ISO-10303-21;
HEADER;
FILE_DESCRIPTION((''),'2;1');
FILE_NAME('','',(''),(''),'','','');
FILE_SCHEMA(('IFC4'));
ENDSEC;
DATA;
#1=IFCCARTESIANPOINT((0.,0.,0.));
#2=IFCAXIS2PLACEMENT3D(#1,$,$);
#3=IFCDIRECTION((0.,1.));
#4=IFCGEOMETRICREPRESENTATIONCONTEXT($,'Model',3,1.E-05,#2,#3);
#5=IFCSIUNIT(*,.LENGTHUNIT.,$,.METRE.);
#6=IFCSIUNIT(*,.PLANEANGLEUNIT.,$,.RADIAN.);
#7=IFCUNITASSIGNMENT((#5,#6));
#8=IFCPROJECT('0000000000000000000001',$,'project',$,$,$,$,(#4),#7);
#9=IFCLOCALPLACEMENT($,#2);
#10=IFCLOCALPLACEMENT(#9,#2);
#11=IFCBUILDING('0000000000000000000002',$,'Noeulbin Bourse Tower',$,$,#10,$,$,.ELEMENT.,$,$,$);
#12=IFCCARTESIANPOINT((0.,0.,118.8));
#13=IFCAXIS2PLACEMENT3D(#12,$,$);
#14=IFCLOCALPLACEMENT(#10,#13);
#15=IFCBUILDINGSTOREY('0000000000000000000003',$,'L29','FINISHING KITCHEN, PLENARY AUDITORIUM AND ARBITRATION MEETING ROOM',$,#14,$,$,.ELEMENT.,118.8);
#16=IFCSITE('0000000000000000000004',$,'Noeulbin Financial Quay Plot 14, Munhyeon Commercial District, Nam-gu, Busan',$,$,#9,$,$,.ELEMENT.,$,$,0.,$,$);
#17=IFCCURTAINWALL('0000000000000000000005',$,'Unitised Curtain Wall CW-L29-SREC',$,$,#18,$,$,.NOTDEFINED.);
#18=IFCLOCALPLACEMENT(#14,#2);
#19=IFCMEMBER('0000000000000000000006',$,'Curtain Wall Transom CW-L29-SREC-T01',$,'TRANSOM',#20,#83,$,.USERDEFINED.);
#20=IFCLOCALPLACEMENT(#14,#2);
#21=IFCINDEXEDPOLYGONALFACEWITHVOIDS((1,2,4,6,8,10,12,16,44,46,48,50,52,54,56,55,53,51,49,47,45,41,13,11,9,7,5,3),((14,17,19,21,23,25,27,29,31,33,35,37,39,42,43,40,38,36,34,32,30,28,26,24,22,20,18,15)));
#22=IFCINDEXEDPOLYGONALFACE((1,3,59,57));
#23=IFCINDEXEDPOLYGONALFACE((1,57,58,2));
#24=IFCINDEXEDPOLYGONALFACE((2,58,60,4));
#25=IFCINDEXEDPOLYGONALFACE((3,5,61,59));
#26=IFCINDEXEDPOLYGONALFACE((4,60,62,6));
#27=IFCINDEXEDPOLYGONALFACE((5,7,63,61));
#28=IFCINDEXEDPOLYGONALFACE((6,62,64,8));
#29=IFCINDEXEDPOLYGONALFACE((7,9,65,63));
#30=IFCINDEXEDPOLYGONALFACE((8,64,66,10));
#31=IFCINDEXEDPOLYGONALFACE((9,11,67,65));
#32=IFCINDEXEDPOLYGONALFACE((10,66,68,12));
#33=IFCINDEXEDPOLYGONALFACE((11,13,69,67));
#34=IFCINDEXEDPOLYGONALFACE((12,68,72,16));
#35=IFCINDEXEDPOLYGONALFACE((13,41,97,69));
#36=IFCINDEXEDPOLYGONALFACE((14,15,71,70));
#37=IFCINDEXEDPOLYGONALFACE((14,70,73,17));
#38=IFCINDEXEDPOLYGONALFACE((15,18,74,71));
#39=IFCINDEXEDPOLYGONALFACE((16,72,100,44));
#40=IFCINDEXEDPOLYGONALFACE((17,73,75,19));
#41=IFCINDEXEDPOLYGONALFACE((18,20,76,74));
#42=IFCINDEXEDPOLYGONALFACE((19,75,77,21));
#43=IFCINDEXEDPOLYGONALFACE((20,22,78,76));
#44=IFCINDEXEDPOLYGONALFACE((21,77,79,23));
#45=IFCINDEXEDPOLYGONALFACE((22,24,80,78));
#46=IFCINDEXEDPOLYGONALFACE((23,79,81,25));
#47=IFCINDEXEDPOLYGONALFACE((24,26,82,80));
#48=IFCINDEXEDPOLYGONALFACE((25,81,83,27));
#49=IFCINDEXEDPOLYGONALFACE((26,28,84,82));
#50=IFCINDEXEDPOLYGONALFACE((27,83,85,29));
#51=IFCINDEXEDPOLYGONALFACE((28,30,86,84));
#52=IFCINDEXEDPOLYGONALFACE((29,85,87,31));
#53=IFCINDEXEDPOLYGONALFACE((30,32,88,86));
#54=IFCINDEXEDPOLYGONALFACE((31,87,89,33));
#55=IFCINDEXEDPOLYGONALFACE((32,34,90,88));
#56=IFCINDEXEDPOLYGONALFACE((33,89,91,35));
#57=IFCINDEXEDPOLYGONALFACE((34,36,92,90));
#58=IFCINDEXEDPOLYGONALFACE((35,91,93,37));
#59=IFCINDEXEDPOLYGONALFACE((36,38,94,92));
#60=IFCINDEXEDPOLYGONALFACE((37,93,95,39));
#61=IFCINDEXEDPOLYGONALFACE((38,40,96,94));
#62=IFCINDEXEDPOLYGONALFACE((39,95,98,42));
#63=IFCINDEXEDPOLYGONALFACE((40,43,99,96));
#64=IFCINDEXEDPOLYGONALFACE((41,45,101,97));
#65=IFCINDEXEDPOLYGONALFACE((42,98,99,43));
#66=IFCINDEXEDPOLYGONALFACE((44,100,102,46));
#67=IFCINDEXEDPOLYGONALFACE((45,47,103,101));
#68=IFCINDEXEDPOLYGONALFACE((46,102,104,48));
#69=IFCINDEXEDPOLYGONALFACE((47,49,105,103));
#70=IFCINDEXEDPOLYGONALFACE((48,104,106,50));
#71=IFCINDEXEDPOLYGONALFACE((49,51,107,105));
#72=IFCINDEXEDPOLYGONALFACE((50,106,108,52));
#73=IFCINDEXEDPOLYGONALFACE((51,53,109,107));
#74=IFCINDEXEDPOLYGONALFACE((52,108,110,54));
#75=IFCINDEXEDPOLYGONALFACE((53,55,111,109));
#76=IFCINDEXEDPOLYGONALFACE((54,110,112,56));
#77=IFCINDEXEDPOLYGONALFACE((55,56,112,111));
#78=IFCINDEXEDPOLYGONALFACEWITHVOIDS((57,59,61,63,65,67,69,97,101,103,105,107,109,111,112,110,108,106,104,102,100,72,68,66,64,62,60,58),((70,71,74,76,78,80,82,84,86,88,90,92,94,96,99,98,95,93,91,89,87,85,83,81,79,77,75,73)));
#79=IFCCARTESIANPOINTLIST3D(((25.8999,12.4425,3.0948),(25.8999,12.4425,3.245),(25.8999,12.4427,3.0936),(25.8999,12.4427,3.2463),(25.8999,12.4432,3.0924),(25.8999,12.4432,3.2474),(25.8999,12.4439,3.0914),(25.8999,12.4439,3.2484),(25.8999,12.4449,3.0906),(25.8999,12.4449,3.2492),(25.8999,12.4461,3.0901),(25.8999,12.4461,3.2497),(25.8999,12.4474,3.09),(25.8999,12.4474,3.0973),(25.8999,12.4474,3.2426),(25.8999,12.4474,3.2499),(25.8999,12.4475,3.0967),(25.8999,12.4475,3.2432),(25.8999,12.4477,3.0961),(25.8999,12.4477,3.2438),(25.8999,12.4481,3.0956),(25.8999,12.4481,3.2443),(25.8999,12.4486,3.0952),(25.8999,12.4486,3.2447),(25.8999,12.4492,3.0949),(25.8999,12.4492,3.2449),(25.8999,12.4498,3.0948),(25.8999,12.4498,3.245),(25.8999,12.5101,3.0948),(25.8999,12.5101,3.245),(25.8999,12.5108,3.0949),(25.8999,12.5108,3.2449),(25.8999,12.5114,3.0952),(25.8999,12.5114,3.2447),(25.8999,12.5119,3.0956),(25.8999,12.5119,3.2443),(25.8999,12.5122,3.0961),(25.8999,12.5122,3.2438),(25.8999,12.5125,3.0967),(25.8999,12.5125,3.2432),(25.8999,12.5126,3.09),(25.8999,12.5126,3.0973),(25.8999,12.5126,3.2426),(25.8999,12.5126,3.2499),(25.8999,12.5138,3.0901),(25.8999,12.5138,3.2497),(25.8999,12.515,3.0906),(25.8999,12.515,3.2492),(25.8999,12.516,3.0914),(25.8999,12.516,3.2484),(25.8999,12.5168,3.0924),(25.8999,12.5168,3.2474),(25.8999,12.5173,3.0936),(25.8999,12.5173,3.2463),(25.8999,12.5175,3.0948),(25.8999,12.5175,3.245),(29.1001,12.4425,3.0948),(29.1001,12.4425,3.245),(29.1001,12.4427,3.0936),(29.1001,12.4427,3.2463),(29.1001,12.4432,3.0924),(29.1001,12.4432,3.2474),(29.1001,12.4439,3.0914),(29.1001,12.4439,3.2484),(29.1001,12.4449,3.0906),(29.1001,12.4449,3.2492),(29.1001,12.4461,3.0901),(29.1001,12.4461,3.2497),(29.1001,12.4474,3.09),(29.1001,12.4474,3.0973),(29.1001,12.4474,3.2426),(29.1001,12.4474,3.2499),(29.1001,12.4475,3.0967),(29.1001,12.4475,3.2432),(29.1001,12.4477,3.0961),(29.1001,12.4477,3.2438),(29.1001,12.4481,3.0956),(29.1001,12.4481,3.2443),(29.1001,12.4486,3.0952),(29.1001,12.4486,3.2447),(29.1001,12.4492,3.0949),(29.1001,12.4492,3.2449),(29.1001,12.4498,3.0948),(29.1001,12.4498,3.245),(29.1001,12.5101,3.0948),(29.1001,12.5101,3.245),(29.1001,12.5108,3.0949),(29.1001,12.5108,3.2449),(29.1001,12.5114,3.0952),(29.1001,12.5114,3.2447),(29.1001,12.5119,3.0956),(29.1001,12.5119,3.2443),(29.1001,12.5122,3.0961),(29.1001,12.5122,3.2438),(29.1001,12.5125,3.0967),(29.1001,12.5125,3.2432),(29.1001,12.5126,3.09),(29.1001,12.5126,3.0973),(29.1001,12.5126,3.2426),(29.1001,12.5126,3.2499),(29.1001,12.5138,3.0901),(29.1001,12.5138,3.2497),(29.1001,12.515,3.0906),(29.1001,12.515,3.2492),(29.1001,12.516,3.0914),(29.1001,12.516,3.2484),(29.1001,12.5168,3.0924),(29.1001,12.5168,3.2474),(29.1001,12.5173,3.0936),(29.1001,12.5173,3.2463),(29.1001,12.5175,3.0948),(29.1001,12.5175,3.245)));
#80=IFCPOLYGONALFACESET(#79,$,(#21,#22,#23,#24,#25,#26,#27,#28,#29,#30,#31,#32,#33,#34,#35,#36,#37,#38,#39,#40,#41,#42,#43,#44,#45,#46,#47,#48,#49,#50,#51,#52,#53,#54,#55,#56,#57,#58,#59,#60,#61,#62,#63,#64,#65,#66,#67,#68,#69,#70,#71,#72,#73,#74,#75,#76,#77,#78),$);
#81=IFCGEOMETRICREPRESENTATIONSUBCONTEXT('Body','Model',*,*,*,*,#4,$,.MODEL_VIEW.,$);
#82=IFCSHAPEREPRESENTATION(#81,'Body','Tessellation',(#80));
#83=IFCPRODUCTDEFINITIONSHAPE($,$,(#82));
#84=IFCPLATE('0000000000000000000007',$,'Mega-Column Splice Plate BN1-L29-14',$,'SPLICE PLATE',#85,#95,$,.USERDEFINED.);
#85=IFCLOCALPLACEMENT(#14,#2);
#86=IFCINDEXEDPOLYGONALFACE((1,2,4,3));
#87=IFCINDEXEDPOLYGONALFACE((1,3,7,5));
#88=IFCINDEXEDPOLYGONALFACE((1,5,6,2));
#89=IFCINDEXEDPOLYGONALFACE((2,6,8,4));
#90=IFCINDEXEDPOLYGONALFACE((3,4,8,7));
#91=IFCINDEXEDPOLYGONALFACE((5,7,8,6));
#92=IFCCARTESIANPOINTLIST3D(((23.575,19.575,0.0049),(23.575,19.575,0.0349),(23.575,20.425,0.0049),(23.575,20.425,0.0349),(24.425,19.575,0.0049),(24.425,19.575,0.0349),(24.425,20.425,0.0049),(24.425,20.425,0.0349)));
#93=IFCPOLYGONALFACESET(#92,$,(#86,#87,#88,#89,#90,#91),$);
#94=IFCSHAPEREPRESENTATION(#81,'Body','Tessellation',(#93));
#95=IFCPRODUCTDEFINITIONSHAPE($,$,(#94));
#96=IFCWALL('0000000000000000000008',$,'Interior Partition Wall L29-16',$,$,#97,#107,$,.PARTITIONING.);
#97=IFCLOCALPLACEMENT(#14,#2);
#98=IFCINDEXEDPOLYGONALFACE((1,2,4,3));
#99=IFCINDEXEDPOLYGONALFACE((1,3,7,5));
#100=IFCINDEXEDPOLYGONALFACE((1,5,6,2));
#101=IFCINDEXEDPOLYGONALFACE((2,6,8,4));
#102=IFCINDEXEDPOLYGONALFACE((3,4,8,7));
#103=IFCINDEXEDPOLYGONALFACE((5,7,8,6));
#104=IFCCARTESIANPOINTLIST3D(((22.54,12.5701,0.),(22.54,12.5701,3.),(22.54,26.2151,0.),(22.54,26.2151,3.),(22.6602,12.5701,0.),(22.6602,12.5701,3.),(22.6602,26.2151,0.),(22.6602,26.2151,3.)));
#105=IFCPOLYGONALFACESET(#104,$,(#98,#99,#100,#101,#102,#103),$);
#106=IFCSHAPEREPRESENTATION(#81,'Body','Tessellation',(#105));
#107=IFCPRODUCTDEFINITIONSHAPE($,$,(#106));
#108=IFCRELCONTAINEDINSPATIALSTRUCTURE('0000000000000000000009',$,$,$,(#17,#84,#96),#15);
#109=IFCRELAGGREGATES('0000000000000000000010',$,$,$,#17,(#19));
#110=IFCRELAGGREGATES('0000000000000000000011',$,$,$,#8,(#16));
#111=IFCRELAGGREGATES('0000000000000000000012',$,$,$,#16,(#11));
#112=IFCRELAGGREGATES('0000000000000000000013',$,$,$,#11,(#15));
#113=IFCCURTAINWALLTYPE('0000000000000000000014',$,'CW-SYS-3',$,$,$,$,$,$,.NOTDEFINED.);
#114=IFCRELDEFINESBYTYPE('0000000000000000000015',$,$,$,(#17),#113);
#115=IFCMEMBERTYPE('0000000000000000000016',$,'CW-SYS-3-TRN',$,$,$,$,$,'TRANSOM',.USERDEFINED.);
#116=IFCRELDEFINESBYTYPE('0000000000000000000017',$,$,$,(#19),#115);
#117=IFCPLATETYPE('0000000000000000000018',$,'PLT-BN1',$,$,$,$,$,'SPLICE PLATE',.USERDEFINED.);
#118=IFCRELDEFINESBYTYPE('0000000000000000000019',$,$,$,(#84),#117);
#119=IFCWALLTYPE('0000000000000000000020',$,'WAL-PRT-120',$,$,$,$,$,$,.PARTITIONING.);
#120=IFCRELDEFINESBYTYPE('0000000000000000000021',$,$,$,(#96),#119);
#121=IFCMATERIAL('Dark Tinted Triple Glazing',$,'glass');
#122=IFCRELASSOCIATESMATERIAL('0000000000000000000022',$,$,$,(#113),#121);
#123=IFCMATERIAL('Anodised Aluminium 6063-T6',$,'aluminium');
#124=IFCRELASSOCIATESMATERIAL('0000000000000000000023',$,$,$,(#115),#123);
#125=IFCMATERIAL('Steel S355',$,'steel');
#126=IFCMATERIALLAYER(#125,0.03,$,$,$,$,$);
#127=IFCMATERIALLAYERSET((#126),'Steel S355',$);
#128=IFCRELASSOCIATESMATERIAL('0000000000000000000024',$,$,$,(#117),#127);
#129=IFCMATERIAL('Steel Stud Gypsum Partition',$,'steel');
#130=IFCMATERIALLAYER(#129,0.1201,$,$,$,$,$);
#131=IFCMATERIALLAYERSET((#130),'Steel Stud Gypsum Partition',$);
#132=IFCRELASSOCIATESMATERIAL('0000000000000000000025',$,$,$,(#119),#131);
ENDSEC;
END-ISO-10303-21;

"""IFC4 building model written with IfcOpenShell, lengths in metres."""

from ifc_helpers import new_model, si_unit, direction, frame, frame_2d, origin, origin_2d, place, context, subcontext, project, spatial, rectangle, hollow_rectangle, extrude, material, layer, layer_set, material_profile, profile_set, type_object, element, aggregate, save


model = new_model("IFC4")

# Units and contexts
model_context = context("Model", 3, precision=1e-05, world=origin(), true_north=direction((0.0, 1.0)))
body_context = subcontext(model_context, "Body", "Model", "MODEL_VIEW")
ifc_project = project(units=[si_unit("LENGTHUNIT", "METRE"), si_unit("PLANEANGLEUNIT", "RADIAN")], contexts=[model_context])

# Site, building, storey
site_placement = place(None, origin())
site = spatial("IfcSite", under=ifc_project, at=site_placement, Name="Noeulbin Financial Quay Plot 14, Munhyeon Commercial District, Nam-gu, Busan", CompositionType="ELEMENT", RefElevation=0.0)
building_placement = place(site_placement, origin())
building = spatial("IfcBuilding", under=site, at=building_placement, Name="Noeulbin Bourse Tower", CompositionType="ELEMENT")
storey_placement = place(building_placement, frame((0.0, 0.0, 118.8)))
storey = spatial("IfcBuildingStorey", under=building, at=storey_placement, Name="L29", Description="FINISHING KITCHEN, PLENARY AUDITORIUM AND ARBITRATION MEETING ROOM", CompositionType="ELEMENT", Elevation=118.8)

# Shared definitions
ifc_material_1 = material(Name="Steel S355", Category="steel")

# Curtain wall, member
ifc_material_2 = material(Name="Dark Tinted Triple Glazing", Category="glass")
curtain_wall_type = type_object("IfcCurtainWallType", Name="CW-SYS-3", PredefinedType="NOTDEFINED", material=ifc_material_2)
curtain_wall_placement = place(storey_placement, origin())
curtain_wall = element("IfcCurtainWall", 1, at=curtain_wall_placement, inside=storey, type_object=curtain_wall_type, Name="Unitised Curtain Wall CW-L29-SREC", PredefinedType="NOTDEFINED")
ifc_material_3 = material(Name="Anodised Aluminium 6063-T6", Category="aluminium")
ifc_material_profile_1 = material_profile(ifc_material_3, hollow_rectangle(XDim=0.075, YDim=0.1599, WallThickness=0.0049, InnerFilletRadius=0.0024, OuterFilletRadius=0.0049, at=origin_2d()), Name="ALU-TRAN-75x160x5", Category="LoadBearing")
ifc_profile_set_1 = profile_set([ifc_material_profile_1], Name="Anodised Aluminium 6063-T6")
member_type_1 = type_object("IfcMemberType", Name="CW-SYS-3-TRN", ElementType="TRANSOM", PredefinedType="USERDEFINED", material=ifc_profile_set_1)
member_1_placement = place(storey_placement, frame((25.8999, 12.48, 3.1699), z_axis=(1.0, 0.0, 0.0), x_axis=(0.0, 1.0, 0.0)))
member_1 = element("IfcMember", 2, at=member_1_placement, type_object=member_type_1, Name="Curtain Wall Transom CW-L29-SREC-T01", ObjectType="TRANSOM", PredefinedType="USERDEFINED", context=body_context, shape_type="SweptSolid", body=[
    extrude(hollow_rectangle(XDim=0.075, YDim=0.1599, WallThickness=0.0049, InnerFilletRadius=0.0024, OuterFilletRadius=0.0049, at=origin_2d()), origin(), (0.0, 0.0, 1.0), 3.2002),
])
aggregate(curtain_wall, [member_1])

# Plate
ifc_layer_1 = layer(ifc_material_1, 0.03)
ifc_layer_set_1 = layer_set([ifc_layer_1], Name="Steel S355")
plate_type = type_object("IfcPlateType", Name="PLT-BN1", ElementType="SPLICE PLATE", PredefinedType="USERDEFINED", material=ifc_layer_set_1)
plate_placement = place(storey_placement, frame((24.0, 20.0, 0.0049), z_axis=(0.0, 0.0, 1.0), x_axis=(1.0, 0.0, 0.0)))
element("IfcPlate", 3, at=plate_placement, inside=storey, type_object=plate_type, Name="Mega-Column Splice Plate BN1-L29-14", ObjectType="SPLICE PLATE", PredefinedType="USERDEFINED", context=body_context, shape_type="SweptSolid", body=[
    extrude(rectangle(XDim=0.8501, YDim=0.8501, at=origin_2d()), origin(), (0.0, 0.0, 1.0), 0.03),
])

# Wall
ifc_material_4 = material(Name="Steel Stud Gypsum Partition", Category="steel")
ifc_layer_2 = layer(ifc_material_4, 0.1201)
ifc_layer_set_2 = layer_set([ifc_layer_2], Name="Steel Stud Gypsum Partition")
wall_type = type_object("IfcWallType", Name="WAL-PRT-120", PredefinedType="PARTITIONING", material=ifc_layer_set_2)
wall_placement = place(storey_placement, frame((22.6001, 12.5701, 0.0), z_axis=(0.0, 0.0, 1.0), x_axis=(0.0, 1.0, 0.0)))
element("IfcWall", 4, at=wall_placement, inside=storey, type_object=wall_type, Name="Interior Partition Wall L29-16", PredefinedType="PARTITIONING", context=body_context, shape_type="SweptSolid", body=[
    extrude(rectangle(XDim=13.645, YDim=0.1201, at=frame_2d((6.8225, 0.0))), origin(), (0.0, 0.0, 1.0), 3.0),
])

save(model, "model.ifc")
